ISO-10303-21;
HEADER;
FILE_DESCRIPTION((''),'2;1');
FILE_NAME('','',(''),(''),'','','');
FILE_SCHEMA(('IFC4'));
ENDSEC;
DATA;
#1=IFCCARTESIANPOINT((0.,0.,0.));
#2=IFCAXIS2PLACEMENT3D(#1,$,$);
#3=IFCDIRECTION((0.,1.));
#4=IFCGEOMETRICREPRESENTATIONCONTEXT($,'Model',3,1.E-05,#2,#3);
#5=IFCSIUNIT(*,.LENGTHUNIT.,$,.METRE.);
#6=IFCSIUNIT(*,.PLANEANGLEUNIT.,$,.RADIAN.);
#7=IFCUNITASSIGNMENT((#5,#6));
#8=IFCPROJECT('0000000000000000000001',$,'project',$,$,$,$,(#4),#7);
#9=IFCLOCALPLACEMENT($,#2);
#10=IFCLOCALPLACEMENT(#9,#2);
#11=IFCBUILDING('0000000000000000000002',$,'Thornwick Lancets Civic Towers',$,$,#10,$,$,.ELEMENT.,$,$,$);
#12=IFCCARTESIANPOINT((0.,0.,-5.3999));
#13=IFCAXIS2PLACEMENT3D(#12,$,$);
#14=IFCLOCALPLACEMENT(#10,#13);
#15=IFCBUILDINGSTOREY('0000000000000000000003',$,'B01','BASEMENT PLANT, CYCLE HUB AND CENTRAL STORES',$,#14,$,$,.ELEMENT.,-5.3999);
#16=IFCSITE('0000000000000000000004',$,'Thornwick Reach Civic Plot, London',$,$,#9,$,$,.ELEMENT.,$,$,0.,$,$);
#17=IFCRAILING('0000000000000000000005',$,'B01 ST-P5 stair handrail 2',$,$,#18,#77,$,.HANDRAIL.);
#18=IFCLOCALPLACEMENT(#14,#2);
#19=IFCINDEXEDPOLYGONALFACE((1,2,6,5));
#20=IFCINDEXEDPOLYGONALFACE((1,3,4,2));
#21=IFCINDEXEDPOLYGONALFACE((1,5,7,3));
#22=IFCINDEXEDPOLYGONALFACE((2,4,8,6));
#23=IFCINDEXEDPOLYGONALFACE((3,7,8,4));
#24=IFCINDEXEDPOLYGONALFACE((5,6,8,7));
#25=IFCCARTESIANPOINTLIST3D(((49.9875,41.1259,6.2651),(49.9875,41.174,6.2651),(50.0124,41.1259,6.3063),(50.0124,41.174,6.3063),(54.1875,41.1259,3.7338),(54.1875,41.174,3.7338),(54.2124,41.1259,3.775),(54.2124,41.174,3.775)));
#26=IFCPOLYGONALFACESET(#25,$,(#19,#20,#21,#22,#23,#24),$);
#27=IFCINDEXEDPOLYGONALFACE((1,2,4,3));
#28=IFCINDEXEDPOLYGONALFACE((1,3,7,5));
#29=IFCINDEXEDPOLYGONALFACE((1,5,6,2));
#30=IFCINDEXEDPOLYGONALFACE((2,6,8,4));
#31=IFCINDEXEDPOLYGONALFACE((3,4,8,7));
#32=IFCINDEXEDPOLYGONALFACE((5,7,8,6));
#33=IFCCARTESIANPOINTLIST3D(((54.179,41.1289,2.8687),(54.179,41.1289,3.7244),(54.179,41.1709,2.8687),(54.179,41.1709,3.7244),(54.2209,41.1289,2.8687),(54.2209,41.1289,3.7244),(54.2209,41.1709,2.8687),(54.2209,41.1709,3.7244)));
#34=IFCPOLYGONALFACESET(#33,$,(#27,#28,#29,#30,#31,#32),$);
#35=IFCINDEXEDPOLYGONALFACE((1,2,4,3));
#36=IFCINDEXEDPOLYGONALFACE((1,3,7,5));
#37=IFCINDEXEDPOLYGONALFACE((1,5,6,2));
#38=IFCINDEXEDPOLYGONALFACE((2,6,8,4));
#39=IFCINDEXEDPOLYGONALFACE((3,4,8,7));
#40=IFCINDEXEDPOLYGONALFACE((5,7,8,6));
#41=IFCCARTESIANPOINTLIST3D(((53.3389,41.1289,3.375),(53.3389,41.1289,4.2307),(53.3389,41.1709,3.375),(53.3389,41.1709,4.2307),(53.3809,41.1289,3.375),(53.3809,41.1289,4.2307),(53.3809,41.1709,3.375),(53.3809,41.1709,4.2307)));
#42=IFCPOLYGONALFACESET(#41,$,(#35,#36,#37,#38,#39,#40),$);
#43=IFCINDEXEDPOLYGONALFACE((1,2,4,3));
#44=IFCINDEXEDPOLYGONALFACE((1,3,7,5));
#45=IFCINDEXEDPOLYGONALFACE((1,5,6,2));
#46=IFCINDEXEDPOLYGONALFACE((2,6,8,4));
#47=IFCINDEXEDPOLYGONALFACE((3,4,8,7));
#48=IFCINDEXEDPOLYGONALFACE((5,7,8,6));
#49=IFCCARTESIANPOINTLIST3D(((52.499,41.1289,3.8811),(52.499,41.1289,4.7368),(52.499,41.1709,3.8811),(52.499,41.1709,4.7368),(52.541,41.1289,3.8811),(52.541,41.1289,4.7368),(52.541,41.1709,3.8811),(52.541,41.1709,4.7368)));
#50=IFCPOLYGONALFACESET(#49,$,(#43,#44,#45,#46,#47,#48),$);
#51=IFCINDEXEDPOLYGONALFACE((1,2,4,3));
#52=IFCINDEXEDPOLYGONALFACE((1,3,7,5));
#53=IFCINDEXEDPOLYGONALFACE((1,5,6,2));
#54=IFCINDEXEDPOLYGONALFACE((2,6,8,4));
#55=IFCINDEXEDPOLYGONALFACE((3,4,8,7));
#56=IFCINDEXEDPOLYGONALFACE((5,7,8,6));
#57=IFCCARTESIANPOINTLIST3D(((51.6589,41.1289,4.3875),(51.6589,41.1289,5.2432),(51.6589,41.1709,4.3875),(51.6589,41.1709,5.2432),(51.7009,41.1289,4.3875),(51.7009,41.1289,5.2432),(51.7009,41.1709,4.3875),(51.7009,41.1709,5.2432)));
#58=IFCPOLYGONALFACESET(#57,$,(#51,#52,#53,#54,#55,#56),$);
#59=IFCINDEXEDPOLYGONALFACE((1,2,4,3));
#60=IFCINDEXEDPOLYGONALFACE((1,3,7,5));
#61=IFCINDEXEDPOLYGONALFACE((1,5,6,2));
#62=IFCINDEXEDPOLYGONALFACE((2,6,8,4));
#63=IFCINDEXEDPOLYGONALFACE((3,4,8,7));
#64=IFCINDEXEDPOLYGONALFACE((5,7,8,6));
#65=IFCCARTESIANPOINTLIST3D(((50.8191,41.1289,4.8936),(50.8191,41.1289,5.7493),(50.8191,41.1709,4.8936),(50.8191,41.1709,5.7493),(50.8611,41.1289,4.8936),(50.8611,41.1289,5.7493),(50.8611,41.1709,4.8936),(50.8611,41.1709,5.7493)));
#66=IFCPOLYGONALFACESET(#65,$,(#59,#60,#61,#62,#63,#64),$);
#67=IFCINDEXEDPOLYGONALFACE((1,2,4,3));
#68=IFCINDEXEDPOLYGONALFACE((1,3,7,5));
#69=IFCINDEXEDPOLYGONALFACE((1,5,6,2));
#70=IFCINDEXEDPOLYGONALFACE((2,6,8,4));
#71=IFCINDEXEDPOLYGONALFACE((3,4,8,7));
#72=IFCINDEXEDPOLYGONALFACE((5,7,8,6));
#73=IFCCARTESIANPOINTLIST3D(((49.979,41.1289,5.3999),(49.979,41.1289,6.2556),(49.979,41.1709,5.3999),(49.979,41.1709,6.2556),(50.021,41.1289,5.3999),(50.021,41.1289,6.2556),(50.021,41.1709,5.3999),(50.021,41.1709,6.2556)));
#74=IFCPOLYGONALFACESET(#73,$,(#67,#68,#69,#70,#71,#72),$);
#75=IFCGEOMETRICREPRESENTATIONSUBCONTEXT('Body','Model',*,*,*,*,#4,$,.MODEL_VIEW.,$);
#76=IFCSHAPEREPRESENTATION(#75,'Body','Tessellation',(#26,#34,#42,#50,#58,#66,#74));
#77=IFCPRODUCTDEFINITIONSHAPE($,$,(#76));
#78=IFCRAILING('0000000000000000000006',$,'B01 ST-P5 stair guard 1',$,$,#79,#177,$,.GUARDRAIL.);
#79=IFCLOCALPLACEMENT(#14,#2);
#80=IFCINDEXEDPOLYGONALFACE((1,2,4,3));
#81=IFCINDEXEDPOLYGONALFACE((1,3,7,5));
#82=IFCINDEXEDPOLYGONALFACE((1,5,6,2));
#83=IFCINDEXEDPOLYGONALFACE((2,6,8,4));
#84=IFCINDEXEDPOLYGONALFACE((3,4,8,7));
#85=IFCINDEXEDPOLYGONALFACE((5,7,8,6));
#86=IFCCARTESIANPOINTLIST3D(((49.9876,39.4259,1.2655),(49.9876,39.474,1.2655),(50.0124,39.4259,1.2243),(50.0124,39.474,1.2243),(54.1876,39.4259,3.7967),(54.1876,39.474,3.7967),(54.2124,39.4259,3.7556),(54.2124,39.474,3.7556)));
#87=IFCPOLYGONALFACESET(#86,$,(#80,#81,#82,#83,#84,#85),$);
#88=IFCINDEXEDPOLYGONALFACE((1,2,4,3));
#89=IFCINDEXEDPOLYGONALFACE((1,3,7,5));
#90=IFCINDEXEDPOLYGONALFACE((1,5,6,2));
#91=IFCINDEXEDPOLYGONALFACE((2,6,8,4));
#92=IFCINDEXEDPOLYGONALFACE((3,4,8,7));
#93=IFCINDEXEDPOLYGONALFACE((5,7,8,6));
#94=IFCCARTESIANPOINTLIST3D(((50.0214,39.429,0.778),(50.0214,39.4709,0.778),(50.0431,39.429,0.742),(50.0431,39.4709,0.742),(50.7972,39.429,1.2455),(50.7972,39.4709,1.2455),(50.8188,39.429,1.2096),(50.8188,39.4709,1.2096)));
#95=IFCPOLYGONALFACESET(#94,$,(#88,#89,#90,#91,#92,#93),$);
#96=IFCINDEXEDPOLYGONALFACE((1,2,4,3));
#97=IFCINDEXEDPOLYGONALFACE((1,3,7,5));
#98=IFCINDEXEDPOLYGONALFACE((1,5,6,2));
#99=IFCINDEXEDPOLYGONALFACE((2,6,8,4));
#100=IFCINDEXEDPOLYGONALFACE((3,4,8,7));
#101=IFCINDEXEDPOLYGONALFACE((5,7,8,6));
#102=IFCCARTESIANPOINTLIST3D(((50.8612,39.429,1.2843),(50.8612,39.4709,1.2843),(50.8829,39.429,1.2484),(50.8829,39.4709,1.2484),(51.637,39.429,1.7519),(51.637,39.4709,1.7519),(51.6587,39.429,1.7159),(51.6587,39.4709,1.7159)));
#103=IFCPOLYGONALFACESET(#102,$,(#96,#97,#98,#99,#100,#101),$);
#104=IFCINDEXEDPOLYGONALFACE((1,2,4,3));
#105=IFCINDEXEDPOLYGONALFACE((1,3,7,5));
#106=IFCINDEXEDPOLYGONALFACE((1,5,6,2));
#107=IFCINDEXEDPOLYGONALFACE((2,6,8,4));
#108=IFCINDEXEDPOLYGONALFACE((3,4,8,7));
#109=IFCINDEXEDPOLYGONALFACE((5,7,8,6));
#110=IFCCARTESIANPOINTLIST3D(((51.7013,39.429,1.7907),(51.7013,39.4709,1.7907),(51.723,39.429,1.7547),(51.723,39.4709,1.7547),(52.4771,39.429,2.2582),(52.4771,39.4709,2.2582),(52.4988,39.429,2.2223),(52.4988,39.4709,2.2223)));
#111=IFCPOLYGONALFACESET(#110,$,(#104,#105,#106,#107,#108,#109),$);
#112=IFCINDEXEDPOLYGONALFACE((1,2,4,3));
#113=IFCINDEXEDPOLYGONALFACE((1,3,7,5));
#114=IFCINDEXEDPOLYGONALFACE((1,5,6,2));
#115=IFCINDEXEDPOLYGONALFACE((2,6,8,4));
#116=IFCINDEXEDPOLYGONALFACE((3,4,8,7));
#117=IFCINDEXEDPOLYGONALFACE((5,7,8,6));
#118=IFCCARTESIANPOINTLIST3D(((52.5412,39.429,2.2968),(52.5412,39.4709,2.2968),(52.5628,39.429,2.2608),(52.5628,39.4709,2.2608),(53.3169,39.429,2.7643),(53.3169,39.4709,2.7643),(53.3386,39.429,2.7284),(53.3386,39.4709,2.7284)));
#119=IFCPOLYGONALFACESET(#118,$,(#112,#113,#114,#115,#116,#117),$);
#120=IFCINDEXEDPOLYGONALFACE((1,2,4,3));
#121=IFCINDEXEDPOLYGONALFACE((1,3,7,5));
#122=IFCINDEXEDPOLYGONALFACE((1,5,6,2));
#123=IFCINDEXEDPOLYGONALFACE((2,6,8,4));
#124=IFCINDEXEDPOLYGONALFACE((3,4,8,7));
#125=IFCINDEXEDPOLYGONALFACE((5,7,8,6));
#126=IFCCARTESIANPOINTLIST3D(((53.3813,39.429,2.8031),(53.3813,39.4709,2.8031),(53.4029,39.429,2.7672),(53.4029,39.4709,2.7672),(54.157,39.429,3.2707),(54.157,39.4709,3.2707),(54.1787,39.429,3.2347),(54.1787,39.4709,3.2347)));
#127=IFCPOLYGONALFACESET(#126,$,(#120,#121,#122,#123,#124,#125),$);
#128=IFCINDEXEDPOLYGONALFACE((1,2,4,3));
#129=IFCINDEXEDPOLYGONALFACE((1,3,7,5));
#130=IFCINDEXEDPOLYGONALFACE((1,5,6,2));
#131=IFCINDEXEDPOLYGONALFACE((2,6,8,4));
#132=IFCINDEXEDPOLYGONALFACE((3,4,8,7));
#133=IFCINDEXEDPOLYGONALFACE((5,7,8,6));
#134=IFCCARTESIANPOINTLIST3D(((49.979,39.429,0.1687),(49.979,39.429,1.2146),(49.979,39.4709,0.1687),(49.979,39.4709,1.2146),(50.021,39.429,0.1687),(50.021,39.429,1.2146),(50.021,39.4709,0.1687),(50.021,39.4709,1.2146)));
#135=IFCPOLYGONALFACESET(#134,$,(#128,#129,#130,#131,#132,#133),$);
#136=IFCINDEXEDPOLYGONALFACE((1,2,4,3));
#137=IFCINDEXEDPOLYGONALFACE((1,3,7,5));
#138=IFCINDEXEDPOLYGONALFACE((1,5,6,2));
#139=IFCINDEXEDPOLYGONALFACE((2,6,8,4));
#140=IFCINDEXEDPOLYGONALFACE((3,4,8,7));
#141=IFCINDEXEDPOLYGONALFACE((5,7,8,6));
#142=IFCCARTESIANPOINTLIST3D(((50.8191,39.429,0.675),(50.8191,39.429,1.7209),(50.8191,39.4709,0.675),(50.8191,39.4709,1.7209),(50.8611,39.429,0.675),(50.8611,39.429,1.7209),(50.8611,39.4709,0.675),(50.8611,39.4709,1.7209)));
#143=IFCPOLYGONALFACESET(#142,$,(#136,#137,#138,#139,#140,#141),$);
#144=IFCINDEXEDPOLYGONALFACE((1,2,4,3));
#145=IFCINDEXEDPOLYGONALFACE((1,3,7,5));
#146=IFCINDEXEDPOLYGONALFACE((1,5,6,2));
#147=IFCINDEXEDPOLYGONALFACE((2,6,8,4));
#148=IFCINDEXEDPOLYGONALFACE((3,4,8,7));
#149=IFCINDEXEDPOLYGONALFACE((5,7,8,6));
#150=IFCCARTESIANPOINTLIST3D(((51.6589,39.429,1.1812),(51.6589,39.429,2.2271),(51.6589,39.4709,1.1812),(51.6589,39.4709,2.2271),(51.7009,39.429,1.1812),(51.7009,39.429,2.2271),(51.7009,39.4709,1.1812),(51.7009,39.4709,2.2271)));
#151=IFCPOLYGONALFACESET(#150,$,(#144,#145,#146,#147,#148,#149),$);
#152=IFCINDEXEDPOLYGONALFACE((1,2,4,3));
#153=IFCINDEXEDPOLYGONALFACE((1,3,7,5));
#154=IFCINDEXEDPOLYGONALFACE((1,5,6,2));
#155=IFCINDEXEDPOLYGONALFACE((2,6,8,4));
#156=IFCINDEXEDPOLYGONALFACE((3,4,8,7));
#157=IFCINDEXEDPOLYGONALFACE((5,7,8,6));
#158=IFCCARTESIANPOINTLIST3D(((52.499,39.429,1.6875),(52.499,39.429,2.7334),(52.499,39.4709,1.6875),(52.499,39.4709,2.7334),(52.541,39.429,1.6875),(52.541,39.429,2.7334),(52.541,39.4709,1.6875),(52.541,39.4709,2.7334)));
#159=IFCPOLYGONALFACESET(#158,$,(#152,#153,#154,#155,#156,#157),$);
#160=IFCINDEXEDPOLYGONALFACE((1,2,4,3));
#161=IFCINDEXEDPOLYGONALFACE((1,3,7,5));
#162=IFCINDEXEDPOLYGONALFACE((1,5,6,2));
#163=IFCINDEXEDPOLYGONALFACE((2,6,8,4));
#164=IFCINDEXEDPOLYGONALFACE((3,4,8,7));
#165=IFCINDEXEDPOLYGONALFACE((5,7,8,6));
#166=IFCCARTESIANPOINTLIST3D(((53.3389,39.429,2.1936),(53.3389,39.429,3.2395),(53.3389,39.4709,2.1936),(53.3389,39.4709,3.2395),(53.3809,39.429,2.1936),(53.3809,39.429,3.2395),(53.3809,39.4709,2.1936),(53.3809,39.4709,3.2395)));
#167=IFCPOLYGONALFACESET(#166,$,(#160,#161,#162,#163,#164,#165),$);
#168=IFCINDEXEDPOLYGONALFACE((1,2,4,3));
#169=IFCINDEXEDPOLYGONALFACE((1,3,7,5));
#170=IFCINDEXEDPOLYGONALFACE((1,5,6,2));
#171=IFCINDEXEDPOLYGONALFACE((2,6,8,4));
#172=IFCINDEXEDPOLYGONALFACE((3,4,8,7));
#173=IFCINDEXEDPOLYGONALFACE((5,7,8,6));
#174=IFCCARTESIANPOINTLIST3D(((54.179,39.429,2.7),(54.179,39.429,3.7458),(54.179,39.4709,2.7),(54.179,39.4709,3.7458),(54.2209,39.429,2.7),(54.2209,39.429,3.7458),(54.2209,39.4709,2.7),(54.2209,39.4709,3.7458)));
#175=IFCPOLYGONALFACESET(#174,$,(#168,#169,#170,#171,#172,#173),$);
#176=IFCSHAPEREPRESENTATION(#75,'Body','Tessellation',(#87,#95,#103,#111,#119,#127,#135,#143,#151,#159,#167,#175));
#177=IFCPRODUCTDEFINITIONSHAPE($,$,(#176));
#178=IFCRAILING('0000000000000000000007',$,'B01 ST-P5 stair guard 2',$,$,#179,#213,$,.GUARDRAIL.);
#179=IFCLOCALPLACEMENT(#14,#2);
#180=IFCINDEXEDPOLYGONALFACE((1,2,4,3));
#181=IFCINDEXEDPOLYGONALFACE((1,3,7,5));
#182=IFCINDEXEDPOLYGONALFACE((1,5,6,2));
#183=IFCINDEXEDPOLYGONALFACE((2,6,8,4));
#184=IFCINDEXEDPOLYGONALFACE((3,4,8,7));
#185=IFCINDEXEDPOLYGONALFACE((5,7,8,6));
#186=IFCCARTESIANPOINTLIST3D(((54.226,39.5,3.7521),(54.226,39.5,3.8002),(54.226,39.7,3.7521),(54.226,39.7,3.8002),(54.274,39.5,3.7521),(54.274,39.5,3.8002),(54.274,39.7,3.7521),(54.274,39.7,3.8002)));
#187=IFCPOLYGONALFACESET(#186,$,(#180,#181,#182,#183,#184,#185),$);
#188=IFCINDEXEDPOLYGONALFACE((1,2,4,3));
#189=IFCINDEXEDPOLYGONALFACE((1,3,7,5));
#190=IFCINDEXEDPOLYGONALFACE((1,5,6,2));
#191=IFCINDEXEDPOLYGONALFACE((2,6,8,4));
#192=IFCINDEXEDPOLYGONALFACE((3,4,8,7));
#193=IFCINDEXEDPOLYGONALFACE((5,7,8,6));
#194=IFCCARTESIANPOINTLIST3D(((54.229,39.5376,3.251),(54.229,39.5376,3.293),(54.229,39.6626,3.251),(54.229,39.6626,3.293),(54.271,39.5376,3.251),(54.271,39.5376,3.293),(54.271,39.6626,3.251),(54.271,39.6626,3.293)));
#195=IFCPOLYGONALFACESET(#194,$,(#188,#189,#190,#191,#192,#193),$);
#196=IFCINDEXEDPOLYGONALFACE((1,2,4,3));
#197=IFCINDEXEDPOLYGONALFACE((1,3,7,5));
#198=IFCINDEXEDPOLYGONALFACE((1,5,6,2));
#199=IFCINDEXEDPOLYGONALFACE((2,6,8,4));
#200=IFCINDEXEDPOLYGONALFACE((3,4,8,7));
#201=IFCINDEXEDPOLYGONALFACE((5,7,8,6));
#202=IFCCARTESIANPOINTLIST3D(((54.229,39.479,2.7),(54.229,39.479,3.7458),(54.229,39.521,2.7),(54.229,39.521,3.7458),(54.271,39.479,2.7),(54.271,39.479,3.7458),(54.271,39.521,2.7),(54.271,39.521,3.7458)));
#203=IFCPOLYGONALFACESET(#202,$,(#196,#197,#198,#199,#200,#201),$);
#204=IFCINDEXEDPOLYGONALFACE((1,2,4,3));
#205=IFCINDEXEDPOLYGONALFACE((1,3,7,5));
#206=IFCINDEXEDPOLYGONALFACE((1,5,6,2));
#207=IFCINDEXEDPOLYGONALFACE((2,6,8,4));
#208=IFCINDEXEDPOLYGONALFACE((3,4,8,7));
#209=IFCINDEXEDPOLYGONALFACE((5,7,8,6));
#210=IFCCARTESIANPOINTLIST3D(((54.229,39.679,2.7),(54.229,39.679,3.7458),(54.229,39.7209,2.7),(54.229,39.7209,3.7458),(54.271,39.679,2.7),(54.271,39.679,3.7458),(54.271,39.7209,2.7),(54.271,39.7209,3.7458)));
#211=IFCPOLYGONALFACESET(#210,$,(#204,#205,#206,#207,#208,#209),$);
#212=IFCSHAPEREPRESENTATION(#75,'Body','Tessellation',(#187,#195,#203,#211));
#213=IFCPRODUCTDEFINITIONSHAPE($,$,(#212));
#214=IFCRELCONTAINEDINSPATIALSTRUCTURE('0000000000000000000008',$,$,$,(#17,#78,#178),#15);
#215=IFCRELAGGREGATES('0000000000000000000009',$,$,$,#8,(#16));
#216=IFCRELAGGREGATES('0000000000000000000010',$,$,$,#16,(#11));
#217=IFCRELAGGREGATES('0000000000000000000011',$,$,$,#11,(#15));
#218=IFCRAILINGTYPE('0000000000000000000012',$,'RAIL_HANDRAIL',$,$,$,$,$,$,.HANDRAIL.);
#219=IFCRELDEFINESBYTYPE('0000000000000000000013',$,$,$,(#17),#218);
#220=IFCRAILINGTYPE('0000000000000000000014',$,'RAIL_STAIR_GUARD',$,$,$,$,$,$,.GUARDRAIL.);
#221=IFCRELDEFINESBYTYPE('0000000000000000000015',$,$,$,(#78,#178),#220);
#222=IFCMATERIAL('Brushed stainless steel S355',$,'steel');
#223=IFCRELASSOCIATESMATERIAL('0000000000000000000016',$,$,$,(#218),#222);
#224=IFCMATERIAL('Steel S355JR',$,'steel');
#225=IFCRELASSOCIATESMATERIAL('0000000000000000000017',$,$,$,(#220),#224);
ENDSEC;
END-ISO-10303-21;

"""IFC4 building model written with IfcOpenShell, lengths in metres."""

from ifc_helpers import new_model, si_unit, direction, frame, origin, origin_2d, place, context, subcontext, project, spatial, rectangle, extrude, material, type_object, element, save


model = new_model("IFC4")

# Units and contexts
model_context = context("Model", 3, precision=1e-05, world=origin(), true_north=direction((0.0, 1.0)))
body_context = subcontext(model_context, "Body", "Model", "MODEL_VIEW")
ifc_project = project(units=[si_unit("LENGTHUNIT", "METRE"), si_unit("PLANEANGLEUNIT", "RADIAN")], contexts=[model_context])

# Site, building, storey
site_placement = place(None, origin())
site = spatial("IfcSite", under=ifc_project, at=site_placement, Name="Thornwick Reach Civic Plot, London", CompositionType="ELEMENT", RefElevation=0.0)
building_placement = place(site_placement, origin())
building = spatial("IfcBuilding", under=site, at=building_placement, Name="Thornwick Lancets Civic Towers", CompositionType="ELEMENT")
storey_placement = place(building_placement, frame((0.0, 0.0, -5.3999)))
storey = spatial("IfcBuildingStorey", under=building, at=storey_placement, Name="B01", Description="BASEMENT PLANT, CYCLE HUB AND CENTRAL STORES", CompositionType="ELEMENT", Elevation=-5.3999)

# Shared definitions
ifc_material_1 = material(Name="Steel S355JR", Category="steel")

# Railings
ifc_material_2 = material(Name="Brushed stainless steel S355", Category="steel")
railing_type_1 = type_object("IfcRailingType", Name="RAIL_HANDRAIL", PredefinedType="HANDRAIL", material=ifc_material_2)
railing_1_placement = place(storey_placement, frame((54.2, 41.1499, 2.8687)))
element("IfcRailing", 1, at=railing_1_placement, inside=storey, type_object=railing_type_1, Name="B01 ST-P5 stair handrail 2", PredefinedType="HANDRAIL", context=body_context, shape_type="SweptSolid", body=[
    extrude(rectangle(XDim=0.0481, YDim=0.0481, at=origin_2d()), frame((0.0, 0.0, 0.8857), z_axis=(-0.856476, 0.0, 0.516186), x_axis=(0.0, -1.0, 0.0)), (0.0, 0.0, 1.0), 4.9038),
    extrude(rectangle(XDim=0.042, YDim=0.042, at=origin_2d()), origin(), (0.0, 0.0, 1.0), 0.8557),
    extrude(rectangle(XDim=0.042, YDim=0.042, at=origin_2d()), frame((-0.8401, 0.0, 0.5063)), (0.0, 0.0, 1.0), 0.8557),
    extrude(rectangle(XDim=0.042, YDim=0.042, at=origin_2d()), frame((-1.6799, 0.0, 1.0125)), (0.0, 0.0, 1.0), 0.8557),
    extrude(rectangle(XDim=0.042, YDim=0.042, at=origin_2d()), frame((-2.52, 0.0, 1.5188)), (0.0, 0.0, 1.0), 0.8557),
    extrude(rectangle(XDim=0.042, YDim=0.042, at=origin_2d()), frame((-3.3599, 0.0, 2.0249)), (0.0, 0.0, 1.0), 0.8557),
    extrude(rectangle(XDim=0.042, YDim=0.042, at=origin_2d()), frame((-4.2, 0.0, 2.5312)), (0.0, 0.0, 1.0), 0.8557),
])
railing_type_2 = type_object("IfcRailingType", Name="RAIL_STAIR_GUARD", PredefinedType="GUARDRAIL", material=ifc_material_1)
railing_2_placement = place(storey_placement, frame((50.0, 39.45, 0.1687)))
element("IfcRailing", 2, at=railing_2_placement, inside=storey, type_object=railing_type_2, Name="B01 ST-P5 stair guard 1", PredefinedType="GUARDRAIL", context=body_context, shape_type="SweptSolid", body=[
    extrude(rectangle(XDim=0.0481, YDim=0.0481, at=origin_2d()), frame((0.0, 0.0, 1.0762), z_axis=(0.856476, 0.0, 0.516186), x_axis=(0.0, 1.0, 0.0)), (0.0, 0.0, 1.0), 4.9038),
    extrude(rectangle(XDim=0.042, YDim=0.042, at=origin_2d()), frame((0.0322, 0.0, 0.5913), z_axis=(0.856476, 0.0, 0.516186), x_axis=(0.0, 1.0, 0.0)), (0.0, 0.0, 1.0), 0.9058),
    extrude(rectangle(XDim=0.042, YDim=0.042, at=origin_2d()), frame((0.8721, 0.0, 1.0977), z_axis=(0.856476, 0.0, 0.516186), x_axis=(0.0, 1.0, 0.0)), (0.0, 0.0, 1.0), 0.9058),
    extrude(rectangle(XDim=0.042, YDim=0.042, at=origin_2d()), frame((1.7122, 0.0, 1.604), z_axis=(0.856476, 0.0, 0.516186), x_axis=(0.0, 1.0, 0.0)), (0.0, 0.0, 1.0), 0.9058),
    extrude(rectangle(XDim=0.042, YDim=0.042, at=origin_2d()), frame((2.552, 0.0, 2.1101), z_axis=(0.856476, 0.0, 0.516186), x_axis=(0.0, 1.0, 0.0)), (0.0, 0.0, 1.0), 0.9058),
    extrude(rectangle(XDim=0.042, YDim=0.042, at=origin_2d()), frame((3.3921, 0.0, 2.6165), z_axis=(0.856476, 0.0, 0.516186), x_axis=(0.0, 1.0, 0.0)), (0.0, 0.0, 1.0), 0.9058),
    extrude(rectangle(XDim=0.042, YDim=0.042, at=origin_2d()), origin(), (0.0, 0.0, 1.0), 1.0459),
    extrude(rectangle(XDim=0.042, YDim=0.042, at=origin_2d()), frame((0.8401, 0.0, 0.5063)), (0.0, 0.0, 1.0), 1.0459),
    extrude(rectangle(XDim=0.042, YDim=0.042, at=origin_2d()), frame((1.6799, 0.0, 1.0125)), (0.0, 0.0, 1.0), 1.0459),
    extrude(rectangle(XDim=0.042, YDim=0.042, at=origin_2d()), frame((2.52, 0.0, 1.5188)), (0.0, 0.0, 1.0), 1.0459),
    extrude(rectangle(XDim=0.042, YDim=0.042, at=origin_2d()), frame((3.3599, 0.0, 2.0249)), (0.0, 0.0, 1.0), 1.0459),
    extrude(rectangle(XDim=0.042, YDim=0.042, at=origin_2d()), frame((4.2, 0.0, 2.5312)), (0.0, 0.0, 1.0), 1.0459),
])
railing_3_placement = place(storey_placement, frame((54.25, 39.5, 2.7)))
element("IfcRailing", 3, at=railing_3_placement, inside=storey, type_object=railing_type_2, Name="B01 ST-P5 stair guard 2", PredefinedType="GUARDRAIL", context=body_context, shape_type="SweptSolid", body=[
    extrude(rectangle(XDim=0.0481, YDim=0.0481, at=origin_2d()), frame((0.0, 0.0, 1.0762), z_axis=(0.0, 1.0, 0.0), x_axis=(-1.0, 0.0, 0.0)), (0.0, 0.0, 1.0), 0.2),
    extrude(rectangle(XDim=0.042, YDim=0.042, at=origin_2d()), frame((0.0, 0.0376, 0.572), z_axis=(0.0, 1.0, 0.0), x_axis=(-1.0, 0.0, 0.0)), (0.0, 0.0, 1.0), 0.125),
    extrude(rectangle(XDim=0.042, YDim=0.042, at=origin_2d()), origin(), (0.0, 0.0, 1.0), 1.0459),
    extrude(rectangle(XDim=0.042, YDim=0.042, at=origin_2d()), frame((0.0, 0.2, 0.0)), (0.0, 0.0, 1.0), 1.0459),
])

save(model, "model.ifc")
